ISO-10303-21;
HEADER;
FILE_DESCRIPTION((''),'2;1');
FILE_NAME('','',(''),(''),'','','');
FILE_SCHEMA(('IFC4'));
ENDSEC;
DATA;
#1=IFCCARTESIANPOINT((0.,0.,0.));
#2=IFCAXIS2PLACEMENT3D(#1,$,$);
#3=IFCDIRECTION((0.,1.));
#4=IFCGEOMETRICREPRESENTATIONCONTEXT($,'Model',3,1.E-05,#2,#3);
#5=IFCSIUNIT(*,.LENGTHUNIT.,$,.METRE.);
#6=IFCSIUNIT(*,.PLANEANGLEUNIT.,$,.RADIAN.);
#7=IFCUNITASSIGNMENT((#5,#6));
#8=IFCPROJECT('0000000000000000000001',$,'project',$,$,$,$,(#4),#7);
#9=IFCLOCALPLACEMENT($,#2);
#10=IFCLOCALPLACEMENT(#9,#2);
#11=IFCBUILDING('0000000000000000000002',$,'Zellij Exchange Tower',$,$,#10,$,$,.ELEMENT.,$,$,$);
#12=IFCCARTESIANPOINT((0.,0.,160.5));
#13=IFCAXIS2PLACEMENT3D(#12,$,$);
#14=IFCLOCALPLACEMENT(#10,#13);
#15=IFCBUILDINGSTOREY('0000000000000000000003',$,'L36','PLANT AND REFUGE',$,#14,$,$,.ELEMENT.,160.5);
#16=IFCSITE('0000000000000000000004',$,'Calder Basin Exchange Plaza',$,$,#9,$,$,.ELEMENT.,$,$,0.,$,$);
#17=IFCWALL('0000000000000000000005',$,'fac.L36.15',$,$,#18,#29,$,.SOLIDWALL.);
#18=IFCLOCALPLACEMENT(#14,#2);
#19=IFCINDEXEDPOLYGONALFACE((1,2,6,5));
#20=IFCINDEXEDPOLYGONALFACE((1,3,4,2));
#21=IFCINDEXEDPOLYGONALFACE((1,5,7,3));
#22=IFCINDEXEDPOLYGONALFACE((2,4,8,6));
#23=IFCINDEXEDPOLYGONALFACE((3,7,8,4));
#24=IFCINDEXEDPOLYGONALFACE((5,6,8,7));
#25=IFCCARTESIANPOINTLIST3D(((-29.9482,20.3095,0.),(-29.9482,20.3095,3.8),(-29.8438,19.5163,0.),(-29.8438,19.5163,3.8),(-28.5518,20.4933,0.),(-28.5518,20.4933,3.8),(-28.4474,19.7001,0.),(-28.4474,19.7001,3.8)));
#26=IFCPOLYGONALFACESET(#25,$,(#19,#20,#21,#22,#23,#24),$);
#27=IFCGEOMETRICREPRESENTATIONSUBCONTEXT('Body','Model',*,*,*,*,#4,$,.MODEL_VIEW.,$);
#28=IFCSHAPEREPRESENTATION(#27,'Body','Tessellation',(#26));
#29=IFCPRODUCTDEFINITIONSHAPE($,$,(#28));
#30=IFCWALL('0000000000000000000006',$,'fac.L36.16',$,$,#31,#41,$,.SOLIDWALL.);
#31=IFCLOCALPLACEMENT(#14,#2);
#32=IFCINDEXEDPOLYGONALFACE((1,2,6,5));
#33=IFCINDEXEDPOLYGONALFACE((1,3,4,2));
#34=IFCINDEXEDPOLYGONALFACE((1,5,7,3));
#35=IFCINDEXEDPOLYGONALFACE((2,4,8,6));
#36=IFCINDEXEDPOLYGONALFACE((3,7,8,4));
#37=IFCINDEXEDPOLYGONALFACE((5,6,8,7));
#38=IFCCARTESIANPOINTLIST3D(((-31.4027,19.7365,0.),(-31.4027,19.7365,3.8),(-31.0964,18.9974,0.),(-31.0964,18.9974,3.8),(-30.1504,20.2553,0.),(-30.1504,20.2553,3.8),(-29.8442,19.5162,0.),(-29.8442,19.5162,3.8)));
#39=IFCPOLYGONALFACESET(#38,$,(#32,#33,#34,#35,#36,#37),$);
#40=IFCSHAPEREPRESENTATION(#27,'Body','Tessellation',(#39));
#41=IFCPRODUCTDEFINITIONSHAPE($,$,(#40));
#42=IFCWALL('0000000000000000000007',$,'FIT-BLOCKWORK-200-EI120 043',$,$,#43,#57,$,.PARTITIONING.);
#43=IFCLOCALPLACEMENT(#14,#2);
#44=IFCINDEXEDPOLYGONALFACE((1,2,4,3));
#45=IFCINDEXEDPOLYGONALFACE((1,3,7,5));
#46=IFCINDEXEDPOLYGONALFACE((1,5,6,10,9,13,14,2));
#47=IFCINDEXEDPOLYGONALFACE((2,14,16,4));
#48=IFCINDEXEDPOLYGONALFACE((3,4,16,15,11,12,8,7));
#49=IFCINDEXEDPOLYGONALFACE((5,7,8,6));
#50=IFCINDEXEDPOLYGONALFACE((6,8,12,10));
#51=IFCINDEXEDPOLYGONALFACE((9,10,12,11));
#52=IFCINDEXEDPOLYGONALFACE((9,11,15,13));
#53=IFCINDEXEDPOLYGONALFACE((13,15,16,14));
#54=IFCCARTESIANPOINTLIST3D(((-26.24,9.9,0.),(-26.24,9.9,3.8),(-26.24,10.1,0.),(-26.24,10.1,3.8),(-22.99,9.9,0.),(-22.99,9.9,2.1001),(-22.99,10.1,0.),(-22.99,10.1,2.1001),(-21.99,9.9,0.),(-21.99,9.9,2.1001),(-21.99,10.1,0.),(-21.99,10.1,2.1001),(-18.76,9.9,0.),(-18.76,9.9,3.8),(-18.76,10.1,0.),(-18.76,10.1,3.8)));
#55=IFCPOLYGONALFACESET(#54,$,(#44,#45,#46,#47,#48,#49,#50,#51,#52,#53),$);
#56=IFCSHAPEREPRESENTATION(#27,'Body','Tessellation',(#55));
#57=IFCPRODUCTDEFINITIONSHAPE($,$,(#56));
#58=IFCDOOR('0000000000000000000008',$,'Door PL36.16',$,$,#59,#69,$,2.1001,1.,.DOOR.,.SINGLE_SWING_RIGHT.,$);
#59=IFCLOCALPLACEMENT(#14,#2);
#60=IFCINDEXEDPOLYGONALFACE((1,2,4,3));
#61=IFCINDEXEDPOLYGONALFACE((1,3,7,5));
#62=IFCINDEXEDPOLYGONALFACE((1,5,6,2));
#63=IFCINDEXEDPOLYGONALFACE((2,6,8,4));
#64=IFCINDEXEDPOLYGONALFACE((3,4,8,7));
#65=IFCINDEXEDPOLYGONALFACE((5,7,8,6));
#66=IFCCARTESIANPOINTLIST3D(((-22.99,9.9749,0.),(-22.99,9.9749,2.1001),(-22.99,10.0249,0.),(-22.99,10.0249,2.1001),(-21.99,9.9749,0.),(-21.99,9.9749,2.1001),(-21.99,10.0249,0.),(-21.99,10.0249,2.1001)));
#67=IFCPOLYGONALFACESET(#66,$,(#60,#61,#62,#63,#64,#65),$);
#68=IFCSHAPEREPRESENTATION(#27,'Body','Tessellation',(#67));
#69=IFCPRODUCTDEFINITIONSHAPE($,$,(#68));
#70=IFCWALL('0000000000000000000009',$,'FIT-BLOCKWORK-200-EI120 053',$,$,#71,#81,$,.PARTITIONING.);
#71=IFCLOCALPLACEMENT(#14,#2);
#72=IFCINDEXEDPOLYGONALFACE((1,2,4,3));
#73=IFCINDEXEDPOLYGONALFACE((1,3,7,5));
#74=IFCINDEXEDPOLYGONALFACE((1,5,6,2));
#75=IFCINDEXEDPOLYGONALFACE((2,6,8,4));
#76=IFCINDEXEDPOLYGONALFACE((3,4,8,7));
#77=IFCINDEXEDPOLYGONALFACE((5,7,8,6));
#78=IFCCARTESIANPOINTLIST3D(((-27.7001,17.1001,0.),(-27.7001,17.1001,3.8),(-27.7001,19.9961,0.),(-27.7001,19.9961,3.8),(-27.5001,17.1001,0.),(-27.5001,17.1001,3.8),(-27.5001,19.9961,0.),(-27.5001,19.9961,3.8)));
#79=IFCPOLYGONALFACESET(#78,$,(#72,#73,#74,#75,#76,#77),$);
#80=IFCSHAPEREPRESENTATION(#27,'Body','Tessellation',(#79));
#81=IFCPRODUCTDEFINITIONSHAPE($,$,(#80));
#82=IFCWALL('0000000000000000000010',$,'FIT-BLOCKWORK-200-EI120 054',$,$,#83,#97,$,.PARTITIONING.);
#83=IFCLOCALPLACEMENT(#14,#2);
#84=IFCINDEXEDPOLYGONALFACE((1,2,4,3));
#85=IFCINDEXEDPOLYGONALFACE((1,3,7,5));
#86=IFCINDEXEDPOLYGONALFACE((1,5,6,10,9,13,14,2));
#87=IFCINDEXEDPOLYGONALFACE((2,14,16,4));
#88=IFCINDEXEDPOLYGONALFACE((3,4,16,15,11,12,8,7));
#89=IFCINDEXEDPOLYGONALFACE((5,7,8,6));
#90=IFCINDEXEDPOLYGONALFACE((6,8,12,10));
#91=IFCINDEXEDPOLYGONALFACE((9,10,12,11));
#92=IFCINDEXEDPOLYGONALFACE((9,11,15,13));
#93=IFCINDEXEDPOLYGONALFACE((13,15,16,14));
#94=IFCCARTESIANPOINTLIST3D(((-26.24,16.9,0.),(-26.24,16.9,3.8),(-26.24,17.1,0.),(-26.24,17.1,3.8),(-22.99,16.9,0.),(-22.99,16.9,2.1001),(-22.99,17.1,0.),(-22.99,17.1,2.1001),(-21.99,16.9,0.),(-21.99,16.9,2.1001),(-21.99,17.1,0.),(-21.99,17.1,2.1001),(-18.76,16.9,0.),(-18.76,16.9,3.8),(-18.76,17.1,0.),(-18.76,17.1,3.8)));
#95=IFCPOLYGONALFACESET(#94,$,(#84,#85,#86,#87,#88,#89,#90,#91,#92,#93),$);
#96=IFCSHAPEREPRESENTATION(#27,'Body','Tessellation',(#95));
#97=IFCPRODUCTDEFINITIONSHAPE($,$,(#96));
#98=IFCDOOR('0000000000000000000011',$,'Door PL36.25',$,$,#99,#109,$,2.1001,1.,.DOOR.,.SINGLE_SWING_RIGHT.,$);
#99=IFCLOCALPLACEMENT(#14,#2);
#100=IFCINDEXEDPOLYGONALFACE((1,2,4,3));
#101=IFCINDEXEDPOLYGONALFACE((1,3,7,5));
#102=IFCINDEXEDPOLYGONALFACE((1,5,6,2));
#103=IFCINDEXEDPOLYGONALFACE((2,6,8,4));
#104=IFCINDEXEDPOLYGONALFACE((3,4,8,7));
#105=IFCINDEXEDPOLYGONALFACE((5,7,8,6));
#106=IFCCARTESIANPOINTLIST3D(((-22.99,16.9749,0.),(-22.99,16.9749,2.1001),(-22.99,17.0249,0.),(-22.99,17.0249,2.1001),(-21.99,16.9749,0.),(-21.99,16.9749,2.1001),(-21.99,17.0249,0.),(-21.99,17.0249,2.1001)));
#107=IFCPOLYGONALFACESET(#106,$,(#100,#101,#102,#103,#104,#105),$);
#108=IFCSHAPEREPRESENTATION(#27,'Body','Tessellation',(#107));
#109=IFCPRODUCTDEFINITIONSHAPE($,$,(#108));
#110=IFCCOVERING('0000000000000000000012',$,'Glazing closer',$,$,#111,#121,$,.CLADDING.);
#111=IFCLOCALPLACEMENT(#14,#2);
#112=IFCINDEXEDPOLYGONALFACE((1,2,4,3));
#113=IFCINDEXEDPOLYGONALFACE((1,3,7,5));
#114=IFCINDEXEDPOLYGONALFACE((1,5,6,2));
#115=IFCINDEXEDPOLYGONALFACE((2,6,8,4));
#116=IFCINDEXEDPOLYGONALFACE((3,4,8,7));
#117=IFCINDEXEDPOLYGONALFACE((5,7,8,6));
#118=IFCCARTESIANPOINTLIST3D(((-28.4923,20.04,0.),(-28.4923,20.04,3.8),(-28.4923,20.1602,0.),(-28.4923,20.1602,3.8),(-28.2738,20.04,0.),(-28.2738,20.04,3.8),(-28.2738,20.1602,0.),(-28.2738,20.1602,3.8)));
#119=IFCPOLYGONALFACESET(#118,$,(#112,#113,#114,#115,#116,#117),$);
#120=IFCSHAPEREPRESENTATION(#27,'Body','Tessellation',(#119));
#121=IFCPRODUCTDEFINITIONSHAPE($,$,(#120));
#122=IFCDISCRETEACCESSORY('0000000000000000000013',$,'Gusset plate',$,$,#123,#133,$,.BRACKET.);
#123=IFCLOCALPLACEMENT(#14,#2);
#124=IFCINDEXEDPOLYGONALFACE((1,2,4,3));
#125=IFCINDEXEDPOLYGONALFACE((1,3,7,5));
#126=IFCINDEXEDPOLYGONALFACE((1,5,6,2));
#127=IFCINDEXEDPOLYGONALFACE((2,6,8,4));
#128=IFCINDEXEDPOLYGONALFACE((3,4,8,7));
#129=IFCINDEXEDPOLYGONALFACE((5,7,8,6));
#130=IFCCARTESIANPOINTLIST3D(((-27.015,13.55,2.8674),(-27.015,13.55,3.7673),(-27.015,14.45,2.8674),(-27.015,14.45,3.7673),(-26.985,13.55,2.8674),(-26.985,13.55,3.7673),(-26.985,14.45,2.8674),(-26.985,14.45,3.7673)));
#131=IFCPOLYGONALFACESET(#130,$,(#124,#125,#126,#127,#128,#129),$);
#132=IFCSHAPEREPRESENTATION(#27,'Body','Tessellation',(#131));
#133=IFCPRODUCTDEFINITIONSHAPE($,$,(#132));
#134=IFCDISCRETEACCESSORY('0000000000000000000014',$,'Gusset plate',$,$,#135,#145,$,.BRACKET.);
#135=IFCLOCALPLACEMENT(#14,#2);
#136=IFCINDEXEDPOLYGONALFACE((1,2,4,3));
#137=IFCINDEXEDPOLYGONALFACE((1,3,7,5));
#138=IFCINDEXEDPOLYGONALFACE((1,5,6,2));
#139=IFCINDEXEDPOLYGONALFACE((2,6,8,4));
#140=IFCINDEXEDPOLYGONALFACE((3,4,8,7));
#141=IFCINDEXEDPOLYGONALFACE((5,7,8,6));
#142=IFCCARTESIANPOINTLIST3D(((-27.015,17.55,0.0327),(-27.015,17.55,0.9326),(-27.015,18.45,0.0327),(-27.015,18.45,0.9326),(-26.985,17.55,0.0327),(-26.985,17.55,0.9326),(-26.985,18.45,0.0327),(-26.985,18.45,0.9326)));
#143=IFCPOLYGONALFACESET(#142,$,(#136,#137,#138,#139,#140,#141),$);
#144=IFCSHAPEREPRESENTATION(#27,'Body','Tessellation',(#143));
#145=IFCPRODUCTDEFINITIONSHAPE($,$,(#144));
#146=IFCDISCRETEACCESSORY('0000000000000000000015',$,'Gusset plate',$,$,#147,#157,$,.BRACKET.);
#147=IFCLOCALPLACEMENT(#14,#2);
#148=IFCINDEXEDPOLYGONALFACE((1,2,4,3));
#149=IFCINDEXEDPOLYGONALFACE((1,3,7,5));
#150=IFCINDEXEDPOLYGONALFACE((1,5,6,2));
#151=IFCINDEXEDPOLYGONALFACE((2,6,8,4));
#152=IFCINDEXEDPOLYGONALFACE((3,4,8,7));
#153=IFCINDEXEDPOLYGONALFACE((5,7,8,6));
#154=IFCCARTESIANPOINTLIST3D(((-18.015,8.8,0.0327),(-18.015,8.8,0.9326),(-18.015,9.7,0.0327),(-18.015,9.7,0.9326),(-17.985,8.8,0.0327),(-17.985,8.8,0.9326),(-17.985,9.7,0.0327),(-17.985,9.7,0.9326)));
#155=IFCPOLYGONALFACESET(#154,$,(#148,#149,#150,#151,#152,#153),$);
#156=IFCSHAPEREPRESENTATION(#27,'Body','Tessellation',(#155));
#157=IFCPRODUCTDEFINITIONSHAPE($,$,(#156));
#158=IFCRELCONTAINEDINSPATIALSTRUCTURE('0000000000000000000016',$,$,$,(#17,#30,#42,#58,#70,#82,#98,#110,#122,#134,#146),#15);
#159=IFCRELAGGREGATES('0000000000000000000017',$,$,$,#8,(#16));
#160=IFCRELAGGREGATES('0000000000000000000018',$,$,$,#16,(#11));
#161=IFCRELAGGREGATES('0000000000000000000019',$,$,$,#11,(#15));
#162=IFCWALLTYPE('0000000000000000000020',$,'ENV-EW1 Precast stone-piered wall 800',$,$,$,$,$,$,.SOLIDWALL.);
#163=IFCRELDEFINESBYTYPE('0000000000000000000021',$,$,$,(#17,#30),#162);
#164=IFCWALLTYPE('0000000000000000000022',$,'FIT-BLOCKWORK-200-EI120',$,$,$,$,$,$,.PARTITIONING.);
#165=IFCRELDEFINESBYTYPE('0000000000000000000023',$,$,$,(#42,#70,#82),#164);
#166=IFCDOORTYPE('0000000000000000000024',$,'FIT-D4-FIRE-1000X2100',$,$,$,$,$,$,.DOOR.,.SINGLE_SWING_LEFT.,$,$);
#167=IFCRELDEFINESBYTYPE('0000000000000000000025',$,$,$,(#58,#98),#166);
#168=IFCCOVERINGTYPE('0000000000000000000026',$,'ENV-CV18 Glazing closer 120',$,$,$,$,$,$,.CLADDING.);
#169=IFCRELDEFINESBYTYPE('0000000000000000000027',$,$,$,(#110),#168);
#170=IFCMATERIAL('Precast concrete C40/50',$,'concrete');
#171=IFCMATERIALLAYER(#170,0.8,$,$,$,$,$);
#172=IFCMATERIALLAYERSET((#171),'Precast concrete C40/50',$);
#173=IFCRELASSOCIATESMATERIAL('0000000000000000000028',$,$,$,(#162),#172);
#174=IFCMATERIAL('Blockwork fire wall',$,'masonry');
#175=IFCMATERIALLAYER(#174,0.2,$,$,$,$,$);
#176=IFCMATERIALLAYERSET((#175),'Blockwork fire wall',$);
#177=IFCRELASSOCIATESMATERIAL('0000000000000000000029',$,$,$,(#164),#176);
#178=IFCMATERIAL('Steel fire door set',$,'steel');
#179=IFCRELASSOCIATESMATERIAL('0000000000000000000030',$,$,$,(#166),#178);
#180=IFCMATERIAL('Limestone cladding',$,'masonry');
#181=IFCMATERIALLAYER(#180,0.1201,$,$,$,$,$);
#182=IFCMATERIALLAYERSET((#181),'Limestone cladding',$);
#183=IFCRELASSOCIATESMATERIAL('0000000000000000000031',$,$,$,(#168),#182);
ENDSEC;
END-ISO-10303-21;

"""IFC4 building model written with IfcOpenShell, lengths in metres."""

from ifc_helpers import new_model, si_unit, direction, frame, frame_2d, origin, origin_2d, place, context, subcontext, project, spatial, rectangle, extrude, material, layer, layer_set, type_object, element, fill, save


model = new_model("IFC4")

# Units and contexts
model_context = context("Model", 3, precision=1e-05, world=origin(), true_north=direction((0.0, 1.0)))
body_context = subcontext(model_context, "Body", "Model", "MODEL_VIEW")
ifc_project = project(units=[si_unit("LENGTHUNIT", "METRE"), si_unit("PLANEANGLEUNIT", "RADIAN")], contexts=[model_context])

# Site, building, storey
site_placement = place(None, origin())
site = spatial("IfcSite", under=ifc_project, at=site_placement, Name="Calder Basin Exchange Plaza", CompositionType="ELEMENT", RefElevation=0.0)
building_placement = place(site_placement, origin())
building = spatial("IfcBuilding", under=site, at=building_placement, Name="Zellij Exchange Tower", CompositionType="ELEMENT")
storey_placement = place(building_placement, frame((0.0, 0.0, 160.5)))
storey = spatial("IfcBuildingStorey", under=building, at=storey_placement, Name="L36", Description="PLANT AND REFUGE", CompositionType="ELEMENT", Elevation=160.5)

# Walls
ifc_material_1 = material(Name="Precast concrete C40/50", Category="concrete")
ifc_layer_1 = layer(ifc_material_1, 0.8)
ifc_layer_set_1 = layer_set([ifc_layer_1], Name="Precast concrete C40/50")
wall_type_1 = type_object("IfcWallType", Name="ENV-EW1 Precast stone-piered wall 800", PredefinedType="SOLIDWALL", material=ifc_layer_set_1)
wall_1_placement = place(storey_placement, frame((-28.4998, 20.0967, 0.0), z_axis=(0.0, 0.0, 1.0), x_axis=(-0.991446, -0.130517, 0.0)))
element("IfcWall", 1, at=wall_1_placement, inside=storey, type_object=wall_type_1, Name="fac.L36.15", PredefinedType="SOLIDWALL", context=body_context, shape_type="SweptSolid", body=[
    extrude(rectangle(XDim=1.4084, YDim=0.8, at=frame_2d((0.7041, 0.0))), origin(), (0.0, 0.0, 1.0), 3.8),
])
wall_2_placement = place(storey_placement, frame((-29.9973, 19.8857, 0.0), z_axis=(0.0, 0.0, 1.0), x_axis=(-0.923848, -0.38276, 0.0)))
element("IfcWall", 2, at=wall_2_placement, inside=storey, type_object=wall_type_1, Name="fac.L36.16", PredefinedType="SOLIDWALL", context=body_context, shape_type="SweptSolid", body=[
    extrude(rectangle(XDim=1.3555, YDim=0.8, at=frame_2d((0.6777, 0.0))), origin(), (0.0, 0.0, 1.0), 3.8),
])

# Wall, opening, door
ifc_material_2 = material(Name="Blockwork fire wall", Category="masonry")
ifc_layer_2 = layer(ifc_material_2, 0.2)
ifc_layer_set_2 = layer_set([ifc_layer_2], Name="Blockwork fire wall")
wall_type_2 = type_object("IfcWallType", Name="FIT-BLOCKWORK-200-EI120", PredefinedType="PARTITIONING", material=ifc_layer_set_2)
wall_3_placement = place(storey_placement, frame((-26.24, 10.0, 0.0), z_axis=(0.0, 0.0, 1.0), x_axis=(1.0, 0.0, 0.0)))
wall_3 = element("IfcWall", 3, at=wall_3_placement, inside=storey, type_object=wall_type_2, Name="FIT-BLOCKWORK-200-EI120 043", PredefinedType="PARTITIONING", context=body_context, shape_type="SweptSolid", body=[
    extrude(rectangle(XDim=7.48, YDim=0.2, at=frame_2d((3.74, 0.0))), origin(), (0.0, 0.0, 1.0), 3.8),
])
opening_1_placement = place(wall_3_placement, frame((3.25, 0.0, 0.0)))
opening_1 = element("IfcOpeningElement", 4, at=opening_1_placement, cuts=wall_3, PredefinedType="OPENING", context=body_context, shape_type="SweptSolid", body=[
    extrude(rectangle(XDim=1.0, YDim=2.1001, at=frame_2d((0.5, 1.05))), frame((0.0, 0.1118, 0.0), z_axis=(0.0, -1.0, 0.0), x_axis=(1.0, 0.0, 0.0)), (0.0, 0.0, 1.0), 0.2239),
])
ifc_material_3 = material(Name="Steel fire door set", Category="steel")
door_type = type_object("IfcDoorType", Name="FIT-D4-FIRE-1000X2100", OperationType="SINGLE_SWING_LEFT", PredefinedType="DOOR", material=ifc_material_3)
door_1_placement = place(opening_1_placement, origin())
door_1 = element("IfcDoor", 5, at=door_1_placement, inside=storey, type_object=door_type, Name="Door PL36.16", OperationType="SINGLE_SWING_RIGHT", OverallHeight=2.1001, OverallWidth=1.0, PredefinedType="DOOR", context=body_context, shape_type="SweptSolid", body=[
    extrude(rectangle(XDim=1.0, YDim=2.1001, at=frame_2d((0.5, 1.05))), frame((0.0, 0.0249, 0.0), z_axis=(0.0, -1.0, 0.0), x_axis=(1.0, 0.0, 0.0)), (0.0, 0.0, 1.0), 0.05),
])
fill(opening_1, door_1)

# Wall
wall_4_placement = place(storey_placement, frame((-27.6001, 17.1001, 0.0), z_axis=(0.0, 0.0, 1.0), x_axis=(0.0, 1.0, 0.0)))
element("IfcWall", 6, at=wall_4_placement, inside=storey, type_object=wall_type_2, Name="FIT-BLOCKWORK-200-EI120 053", PredefinedType="PARTITIONING", context=body_context, shape_type="SweptSolid", body=[
    extrude(rectangle(XDim=2.896, YDim=0.2, at=frame_2d((1.448, 0.0))), origin(), (0.0, 0.0, 1.0), 3.8),
])

# Wall, opening, door
wall_5_placement = place(storey_placement, frame((-26.24, 17.0, 0.0), z_axis=(0.0, 0.0, 1.0), x_axis=(1.0, 0.0, 0.0)))
wall_5 = element("IfcWall", 7, at=wall_5_placement, inside=storey, type_object=wall_type_2, Name="FIT-BLOCKWORK-200-EI120 054", PredefinedType="PARTITIONING", context=body_context, shape_type="SweptSolid", body=[
    extrude(rectangle(XDim=7.48, YDim=0.2, at=frame_2d((3.74, 0.0))), origin(), (0.0, 0.0, 1.0), 3.8),
])
opening_2_placement = place(wall_5_placement, frame((3.25, 0.0, 0.0)))
opening_2 = element("IfcOpeningElement", 8, at=opening_2_placement, cuts=wall_5, PredefinedType="OPENING", context=body_context, shape_type="SweptSolid", body=[
    extrude(rectangle(XDim=1.0, YDim=2.1001, at=frame_2d((0.5, 1.05))), frame((0.0, 0.1118, 0.0), z_axis=(0.0, -1.0, 0.0), x_axis=(1.0, 0.0, 0.0)), (0.0, 0.0, 1.0), 0.2239),
])
door_2_placement = place(opening_2_placement, origin())
door_2 = element("IfcDoor", 9, at=door_2_placement, inside=storey, type_object=door_type, Name="Door PL36.25", OperationType="SINGLE_SWING_RIGHT", OverallHeight=2.1001, OverallWidth=1.0, PredefinedType="DOOR", context=body_context, shape_type="SweptSolid", body=[
    extrude(rectangle(XDim=1.0, YDim=2.1001, at=frame_2d((0.5, 1.05))), frame((0.0, 0.0249, 0.0), z_axis=(0.0, -1.0, 0.0), x_axis=(1.0, 0.0, 0.0)), (0.0, 0.0, 1.0), 0.05),
])
fill(opening_2, door_2)

# Covering
ifc_material_4 = material(Name="Limestone cladding", Category="masonry")
ifc_layer_3 = layer(ifc_material_4, 0.1201)
ifc_layer_set_3 = layer_set([ifc_layer_3], Name="Limestone cladding")
covering_type = type_object("IfcCoveringType", Name="ENV-CV18 Glazing closer 120", PredefinedType="CLADDING", material=ifc_layer_set_3)
covering_placement = place(storey_placement, frame((-28.3831, 20.1001, 0.0), z_axis=(0.0, 0.0, 1.0), x_axis=(-1.0, 0.0, 0.0)))
element("IfcCovering", 10, at=covering_placement, inside=storey, type_object=covering_type, Name="Glazing closer", PredefinedType="CLADDING", context=body_context, shape_type="SweptSolid", body=[
    extrude(rectangle(XDim=0.2185, YDim=0.1201, at=origin_2d()), origin(), (0.0, 0.0, 1.0), 3.8),
])

# Discrete accessories
for number, where, z_axis, x_axis, name in (
    (11, (-27.0, 14.0, 2.8674), (0.0, 0.0, 1.0), (0.0, 1.0, 0.0), "Gusset plate"),
    (12, (-27.0, 18.0, 0.0327), (0.0, 0.0, 1.0), (0.0, 1.0, 0.0), "Gusset plate"),
    (13, (-18.0, 9.25, 0.0327), (0.0, 0.0, 1.0), (0.0, 1.0, 0.0), "Gusset plate"),
):
    element("IfcDiscreteAccessory", number, at=place(storey_placement, frame(where, z_axis=z_axis, x_axis=x_axis)), inside=storey, Name=name, PredefinedType="BRACKET", context=body_context, shape_type="SweptSolid", body=[
        extrude(rectangle(XDim=0.8999, YDim=0.03, at=origin_2d()), origin(), (0.0, 0.0, 1.0), 0.8999),
    ])

save(model, "model.ifc")
